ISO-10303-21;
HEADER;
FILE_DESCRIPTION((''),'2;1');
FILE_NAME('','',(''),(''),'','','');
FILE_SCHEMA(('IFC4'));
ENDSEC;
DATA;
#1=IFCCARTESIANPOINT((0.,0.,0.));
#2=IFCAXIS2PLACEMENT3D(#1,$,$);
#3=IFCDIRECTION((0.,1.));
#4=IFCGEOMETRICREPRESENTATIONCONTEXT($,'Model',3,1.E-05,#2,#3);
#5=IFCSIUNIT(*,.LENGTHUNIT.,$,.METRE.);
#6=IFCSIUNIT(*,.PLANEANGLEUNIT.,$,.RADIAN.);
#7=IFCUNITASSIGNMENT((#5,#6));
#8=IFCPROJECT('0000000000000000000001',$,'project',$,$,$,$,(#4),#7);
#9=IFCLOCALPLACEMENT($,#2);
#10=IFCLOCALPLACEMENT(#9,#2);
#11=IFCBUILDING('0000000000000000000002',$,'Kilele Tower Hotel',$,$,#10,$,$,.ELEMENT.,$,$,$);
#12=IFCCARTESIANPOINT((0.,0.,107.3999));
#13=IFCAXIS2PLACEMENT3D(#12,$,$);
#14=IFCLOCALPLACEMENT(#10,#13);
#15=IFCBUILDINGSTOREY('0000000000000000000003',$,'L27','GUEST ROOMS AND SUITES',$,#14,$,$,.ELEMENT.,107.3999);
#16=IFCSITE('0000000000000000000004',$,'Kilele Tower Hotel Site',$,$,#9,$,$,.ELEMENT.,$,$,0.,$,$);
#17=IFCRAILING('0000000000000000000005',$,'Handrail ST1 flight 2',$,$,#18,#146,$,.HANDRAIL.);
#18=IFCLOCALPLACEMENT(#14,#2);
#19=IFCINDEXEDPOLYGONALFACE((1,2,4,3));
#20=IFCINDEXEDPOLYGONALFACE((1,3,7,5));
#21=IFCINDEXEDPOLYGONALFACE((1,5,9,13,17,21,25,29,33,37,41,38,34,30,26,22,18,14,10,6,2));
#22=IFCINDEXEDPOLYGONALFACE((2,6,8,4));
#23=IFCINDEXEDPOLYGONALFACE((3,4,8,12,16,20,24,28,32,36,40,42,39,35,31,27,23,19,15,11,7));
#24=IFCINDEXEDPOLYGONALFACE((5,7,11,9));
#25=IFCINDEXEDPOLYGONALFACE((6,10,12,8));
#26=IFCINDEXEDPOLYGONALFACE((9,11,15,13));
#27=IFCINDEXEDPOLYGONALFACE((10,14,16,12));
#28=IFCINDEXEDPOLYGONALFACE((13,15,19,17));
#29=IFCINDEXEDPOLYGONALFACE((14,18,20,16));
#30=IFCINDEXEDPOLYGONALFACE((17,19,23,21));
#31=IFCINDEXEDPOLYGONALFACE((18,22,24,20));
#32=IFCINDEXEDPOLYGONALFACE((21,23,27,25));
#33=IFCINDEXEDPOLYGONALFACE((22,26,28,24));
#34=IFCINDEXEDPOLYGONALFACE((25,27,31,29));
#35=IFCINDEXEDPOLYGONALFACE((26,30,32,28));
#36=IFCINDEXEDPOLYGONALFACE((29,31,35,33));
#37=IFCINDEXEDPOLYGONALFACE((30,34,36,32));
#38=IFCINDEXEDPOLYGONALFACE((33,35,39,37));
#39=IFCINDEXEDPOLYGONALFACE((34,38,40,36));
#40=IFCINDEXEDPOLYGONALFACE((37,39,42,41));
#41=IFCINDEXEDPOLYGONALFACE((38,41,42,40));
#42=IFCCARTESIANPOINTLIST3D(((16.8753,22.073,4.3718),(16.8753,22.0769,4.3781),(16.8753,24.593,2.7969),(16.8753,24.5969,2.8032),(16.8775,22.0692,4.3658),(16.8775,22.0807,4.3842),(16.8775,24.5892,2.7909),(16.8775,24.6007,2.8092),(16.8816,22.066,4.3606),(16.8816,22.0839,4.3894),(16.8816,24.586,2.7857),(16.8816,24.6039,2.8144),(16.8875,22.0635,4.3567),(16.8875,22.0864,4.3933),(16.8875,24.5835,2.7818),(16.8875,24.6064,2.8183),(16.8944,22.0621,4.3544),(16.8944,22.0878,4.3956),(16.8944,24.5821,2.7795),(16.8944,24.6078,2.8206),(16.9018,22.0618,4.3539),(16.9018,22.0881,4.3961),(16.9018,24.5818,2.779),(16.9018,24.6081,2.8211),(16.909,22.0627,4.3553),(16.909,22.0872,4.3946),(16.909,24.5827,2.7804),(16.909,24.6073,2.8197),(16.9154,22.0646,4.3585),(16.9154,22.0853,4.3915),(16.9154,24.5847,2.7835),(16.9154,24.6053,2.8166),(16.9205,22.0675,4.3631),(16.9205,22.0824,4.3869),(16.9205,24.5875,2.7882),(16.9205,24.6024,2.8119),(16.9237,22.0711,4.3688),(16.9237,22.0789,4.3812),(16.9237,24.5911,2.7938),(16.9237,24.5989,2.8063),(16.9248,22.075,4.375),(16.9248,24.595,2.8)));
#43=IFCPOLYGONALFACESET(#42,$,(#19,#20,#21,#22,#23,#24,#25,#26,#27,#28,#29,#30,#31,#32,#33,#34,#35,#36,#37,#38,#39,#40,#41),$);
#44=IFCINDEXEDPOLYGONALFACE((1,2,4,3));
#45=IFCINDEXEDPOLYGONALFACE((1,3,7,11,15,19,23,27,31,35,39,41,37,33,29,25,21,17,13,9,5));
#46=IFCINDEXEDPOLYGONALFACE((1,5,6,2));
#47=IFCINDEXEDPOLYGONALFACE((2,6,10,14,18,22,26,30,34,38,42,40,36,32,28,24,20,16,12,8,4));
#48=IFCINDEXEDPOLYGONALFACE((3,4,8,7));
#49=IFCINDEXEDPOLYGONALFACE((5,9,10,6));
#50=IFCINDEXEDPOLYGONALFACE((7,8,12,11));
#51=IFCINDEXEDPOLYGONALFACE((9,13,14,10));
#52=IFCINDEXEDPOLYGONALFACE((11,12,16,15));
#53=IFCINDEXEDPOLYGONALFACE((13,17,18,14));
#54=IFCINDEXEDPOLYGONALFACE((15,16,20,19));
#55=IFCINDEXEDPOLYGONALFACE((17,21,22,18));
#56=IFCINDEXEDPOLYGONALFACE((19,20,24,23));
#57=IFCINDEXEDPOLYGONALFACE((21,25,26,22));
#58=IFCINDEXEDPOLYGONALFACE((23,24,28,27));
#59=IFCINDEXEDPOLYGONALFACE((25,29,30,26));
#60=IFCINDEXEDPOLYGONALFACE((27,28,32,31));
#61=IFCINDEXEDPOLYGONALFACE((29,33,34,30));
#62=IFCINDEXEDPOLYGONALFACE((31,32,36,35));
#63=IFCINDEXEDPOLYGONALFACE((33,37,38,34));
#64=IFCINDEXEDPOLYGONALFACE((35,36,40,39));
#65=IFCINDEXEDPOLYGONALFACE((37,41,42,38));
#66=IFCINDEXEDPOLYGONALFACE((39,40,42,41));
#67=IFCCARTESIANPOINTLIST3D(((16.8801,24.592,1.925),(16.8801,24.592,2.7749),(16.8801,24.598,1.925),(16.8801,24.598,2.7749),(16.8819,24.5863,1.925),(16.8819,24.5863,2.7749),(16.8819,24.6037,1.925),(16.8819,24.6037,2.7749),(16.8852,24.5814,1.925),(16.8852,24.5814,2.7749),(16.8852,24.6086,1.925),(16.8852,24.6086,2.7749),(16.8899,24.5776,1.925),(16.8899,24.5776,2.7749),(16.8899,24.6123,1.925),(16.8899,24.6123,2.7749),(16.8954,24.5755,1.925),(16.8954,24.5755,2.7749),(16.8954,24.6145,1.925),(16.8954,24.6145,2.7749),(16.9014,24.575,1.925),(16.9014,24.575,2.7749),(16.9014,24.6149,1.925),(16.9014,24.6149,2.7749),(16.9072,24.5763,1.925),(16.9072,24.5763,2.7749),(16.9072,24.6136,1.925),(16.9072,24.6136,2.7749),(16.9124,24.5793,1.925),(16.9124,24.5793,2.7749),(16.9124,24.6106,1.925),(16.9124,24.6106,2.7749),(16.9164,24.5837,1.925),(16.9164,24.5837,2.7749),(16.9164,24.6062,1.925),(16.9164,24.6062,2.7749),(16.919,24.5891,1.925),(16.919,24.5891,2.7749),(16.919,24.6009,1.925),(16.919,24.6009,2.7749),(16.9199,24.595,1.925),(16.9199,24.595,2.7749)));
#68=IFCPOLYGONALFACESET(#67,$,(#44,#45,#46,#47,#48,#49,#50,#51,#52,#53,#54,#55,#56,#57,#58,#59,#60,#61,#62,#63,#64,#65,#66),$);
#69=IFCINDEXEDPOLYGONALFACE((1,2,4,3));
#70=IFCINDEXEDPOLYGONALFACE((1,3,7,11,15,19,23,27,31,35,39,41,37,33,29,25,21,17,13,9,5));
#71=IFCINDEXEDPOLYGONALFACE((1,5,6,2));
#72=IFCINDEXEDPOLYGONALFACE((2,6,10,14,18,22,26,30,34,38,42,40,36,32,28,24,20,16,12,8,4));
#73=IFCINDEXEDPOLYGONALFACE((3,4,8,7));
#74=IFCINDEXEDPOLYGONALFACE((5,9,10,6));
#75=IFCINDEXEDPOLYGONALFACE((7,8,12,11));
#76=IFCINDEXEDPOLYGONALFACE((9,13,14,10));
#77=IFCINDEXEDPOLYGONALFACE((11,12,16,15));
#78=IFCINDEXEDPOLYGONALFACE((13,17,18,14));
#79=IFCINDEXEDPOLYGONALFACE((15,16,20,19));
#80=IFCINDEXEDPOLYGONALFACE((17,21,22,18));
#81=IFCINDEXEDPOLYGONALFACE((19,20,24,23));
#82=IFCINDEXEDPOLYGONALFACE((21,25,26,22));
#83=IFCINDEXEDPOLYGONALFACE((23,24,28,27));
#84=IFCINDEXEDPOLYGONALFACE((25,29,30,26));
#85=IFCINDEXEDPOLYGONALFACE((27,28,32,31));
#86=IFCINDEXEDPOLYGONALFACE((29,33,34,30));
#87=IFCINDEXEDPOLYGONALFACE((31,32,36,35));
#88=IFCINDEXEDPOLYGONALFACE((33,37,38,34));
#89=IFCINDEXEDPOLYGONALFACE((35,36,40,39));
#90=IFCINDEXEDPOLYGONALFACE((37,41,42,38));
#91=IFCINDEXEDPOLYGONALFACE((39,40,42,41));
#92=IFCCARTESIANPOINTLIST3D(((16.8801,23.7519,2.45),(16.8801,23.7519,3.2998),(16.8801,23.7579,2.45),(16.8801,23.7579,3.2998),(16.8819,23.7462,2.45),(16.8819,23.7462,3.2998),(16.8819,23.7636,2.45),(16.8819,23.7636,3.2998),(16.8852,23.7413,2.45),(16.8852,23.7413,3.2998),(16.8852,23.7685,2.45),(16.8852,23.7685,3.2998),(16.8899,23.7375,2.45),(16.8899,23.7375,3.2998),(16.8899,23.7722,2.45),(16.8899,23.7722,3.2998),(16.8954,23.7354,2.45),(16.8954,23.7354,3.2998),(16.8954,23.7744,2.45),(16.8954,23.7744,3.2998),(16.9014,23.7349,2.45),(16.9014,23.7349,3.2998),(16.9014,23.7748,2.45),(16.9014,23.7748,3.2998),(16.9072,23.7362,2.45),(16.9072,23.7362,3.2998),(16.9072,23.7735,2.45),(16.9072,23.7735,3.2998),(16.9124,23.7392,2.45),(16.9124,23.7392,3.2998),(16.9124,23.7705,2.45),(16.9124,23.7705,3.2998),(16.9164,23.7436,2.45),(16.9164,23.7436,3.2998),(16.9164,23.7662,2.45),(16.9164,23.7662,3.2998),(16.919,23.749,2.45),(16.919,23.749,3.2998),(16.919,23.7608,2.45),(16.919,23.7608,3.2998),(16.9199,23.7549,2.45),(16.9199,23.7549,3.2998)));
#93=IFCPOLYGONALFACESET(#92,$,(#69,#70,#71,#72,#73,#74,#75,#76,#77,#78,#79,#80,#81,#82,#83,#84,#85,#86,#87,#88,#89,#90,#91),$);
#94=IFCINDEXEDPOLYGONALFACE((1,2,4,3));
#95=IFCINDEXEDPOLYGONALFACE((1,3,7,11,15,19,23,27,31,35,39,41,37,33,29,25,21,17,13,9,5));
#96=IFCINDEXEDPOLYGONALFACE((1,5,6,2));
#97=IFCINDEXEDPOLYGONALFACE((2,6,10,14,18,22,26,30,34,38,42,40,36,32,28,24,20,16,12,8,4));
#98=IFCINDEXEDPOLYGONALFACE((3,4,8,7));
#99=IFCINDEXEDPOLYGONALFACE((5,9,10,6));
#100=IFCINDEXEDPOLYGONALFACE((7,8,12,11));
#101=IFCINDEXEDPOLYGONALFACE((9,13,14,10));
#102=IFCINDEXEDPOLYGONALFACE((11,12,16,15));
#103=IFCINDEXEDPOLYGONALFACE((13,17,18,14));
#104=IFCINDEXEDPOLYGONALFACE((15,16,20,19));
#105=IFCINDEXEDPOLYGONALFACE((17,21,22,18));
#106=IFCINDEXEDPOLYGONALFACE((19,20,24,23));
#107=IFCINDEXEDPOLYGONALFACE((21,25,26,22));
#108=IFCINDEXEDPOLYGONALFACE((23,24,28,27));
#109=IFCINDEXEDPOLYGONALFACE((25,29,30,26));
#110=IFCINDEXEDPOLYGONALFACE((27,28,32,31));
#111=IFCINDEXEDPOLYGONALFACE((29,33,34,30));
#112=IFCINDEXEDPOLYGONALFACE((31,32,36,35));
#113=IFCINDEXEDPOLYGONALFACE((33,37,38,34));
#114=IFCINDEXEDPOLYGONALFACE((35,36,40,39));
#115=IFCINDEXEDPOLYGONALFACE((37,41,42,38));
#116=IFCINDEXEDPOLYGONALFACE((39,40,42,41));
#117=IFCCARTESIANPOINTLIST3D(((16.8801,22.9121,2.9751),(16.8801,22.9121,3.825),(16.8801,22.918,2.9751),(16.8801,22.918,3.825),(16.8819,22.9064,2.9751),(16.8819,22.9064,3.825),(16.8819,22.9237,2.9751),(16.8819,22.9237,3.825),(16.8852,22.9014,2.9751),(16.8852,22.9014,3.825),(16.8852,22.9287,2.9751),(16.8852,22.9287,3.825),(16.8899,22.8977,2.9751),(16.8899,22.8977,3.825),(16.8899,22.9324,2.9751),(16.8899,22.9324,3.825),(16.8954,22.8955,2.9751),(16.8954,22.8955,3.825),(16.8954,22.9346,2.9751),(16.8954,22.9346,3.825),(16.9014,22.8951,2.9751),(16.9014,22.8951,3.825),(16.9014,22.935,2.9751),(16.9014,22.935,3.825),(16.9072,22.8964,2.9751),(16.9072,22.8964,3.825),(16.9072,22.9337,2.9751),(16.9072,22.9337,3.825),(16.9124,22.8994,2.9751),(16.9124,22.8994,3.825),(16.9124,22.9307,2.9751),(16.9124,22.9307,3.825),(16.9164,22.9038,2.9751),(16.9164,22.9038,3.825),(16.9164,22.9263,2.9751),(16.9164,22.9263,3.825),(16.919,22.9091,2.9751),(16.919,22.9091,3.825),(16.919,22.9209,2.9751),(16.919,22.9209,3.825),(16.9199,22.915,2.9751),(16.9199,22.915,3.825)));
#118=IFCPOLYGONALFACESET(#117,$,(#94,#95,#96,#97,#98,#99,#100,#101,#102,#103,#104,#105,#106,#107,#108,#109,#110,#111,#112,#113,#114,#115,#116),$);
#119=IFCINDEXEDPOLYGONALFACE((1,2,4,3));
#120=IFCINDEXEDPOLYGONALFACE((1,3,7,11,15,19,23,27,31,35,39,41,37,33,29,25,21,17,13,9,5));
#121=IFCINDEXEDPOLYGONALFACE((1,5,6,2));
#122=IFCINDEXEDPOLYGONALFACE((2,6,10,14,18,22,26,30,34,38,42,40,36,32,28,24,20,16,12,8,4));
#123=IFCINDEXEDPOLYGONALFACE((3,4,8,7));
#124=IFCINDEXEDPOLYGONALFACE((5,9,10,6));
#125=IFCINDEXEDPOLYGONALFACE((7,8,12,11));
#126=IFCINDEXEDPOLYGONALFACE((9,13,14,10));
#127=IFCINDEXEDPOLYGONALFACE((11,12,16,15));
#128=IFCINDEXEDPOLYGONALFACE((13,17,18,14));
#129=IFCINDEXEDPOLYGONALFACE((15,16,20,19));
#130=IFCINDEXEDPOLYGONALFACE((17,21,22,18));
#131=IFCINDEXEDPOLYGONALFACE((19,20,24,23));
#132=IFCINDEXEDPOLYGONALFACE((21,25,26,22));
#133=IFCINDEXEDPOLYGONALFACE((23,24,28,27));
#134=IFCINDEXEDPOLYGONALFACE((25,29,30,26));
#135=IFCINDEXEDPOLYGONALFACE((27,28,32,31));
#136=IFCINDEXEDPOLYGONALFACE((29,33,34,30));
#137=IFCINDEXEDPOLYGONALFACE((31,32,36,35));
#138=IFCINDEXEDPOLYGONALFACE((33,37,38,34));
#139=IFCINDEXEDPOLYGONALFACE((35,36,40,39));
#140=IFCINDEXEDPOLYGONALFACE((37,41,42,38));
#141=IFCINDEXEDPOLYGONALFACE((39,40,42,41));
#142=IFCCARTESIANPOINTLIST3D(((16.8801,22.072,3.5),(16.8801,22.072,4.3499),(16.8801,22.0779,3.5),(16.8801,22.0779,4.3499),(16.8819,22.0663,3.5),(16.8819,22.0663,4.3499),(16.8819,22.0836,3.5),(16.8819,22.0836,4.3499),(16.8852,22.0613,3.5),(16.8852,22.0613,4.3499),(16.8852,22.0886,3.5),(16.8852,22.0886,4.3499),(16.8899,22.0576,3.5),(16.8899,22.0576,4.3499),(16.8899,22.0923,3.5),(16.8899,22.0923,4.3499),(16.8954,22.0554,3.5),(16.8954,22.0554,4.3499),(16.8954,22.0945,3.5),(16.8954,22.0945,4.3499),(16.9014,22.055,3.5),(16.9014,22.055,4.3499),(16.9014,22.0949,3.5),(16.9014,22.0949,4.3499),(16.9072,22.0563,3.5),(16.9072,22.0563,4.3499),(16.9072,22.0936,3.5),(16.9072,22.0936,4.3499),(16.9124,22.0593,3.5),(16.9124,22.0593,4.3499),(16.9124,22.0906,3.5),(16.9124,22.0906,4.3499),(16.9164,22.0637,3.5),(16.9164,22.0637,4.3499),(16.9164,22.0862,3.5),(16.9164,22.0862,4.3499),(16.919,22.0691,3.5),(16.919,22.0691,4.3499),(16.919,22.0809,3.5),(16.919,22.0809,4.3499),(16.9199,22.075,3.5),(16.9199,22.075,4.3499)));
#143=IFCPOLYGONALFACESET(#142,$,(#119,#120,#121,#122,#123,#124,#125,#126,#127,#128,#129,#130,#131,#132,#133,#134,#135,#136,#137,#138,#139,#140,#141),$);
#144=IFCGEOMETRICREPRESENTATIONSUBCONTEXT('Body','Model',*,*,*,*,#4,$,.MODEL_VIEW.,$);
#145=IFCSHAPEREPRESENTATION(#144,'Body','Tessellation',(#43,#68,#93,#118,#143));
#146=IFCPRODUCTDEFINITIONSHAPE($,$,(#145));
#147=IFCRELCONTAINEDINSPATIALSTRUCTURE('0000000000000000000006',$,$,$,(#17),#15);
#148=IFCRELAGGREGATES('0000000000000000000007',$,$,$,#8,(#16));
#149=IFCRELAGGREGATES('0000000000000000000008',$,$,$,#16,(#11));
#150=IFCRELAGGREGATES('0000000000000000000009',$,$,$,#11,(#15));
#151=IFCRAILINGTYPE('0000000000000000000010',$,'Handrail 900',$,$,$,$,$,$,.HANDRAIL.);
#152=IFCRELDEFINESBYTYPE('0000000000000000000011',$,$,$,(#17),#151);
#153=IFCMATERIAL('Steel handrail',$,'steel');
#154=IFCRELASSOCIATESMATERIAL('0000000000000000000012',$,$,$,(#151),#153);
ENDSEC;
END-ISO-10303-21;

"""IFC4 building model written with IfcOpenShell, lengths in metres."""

from ifc_helpers import new_model, si_unit, direction, frame, origin, origin_2d, place, context, subcontext, project, spatial, circle, extrude, material, type_object, element, save


model = new_model("IFC4")

# Units and contexts
model_context = context("Model", 3, precision=1e-05, world=origin(), true_north=direction((0.0, 1.0)))
body_context = subcontext(model_context, "Body", "Model", "MODEL_VIEW")
ifc_project = project(units=[si_unit("LENGTHUNIT", "METRE"), si_unit("PLANEANGLEUNIT", "RADIAN")], contexts=[model_context])

# Site, building, storey
site_placement = place(None, origin())
site = spatial("IfcSite", under=ifc_project, at=site_placement, Name="Kilele Tower Hotel Site", CompositionType="ELEMENT", RefElevation=0.0)
building_placement = place(site_placement, origin())
building = spatial("IfcBuilding", under=site, at=building_placement, Name="Kilele Tower Hotel", CompositionType="ELEMENT")
storey_placement = place(building_placement, frame((0.0, 0.0, 107.3999)))
storey = spatial("IfcBuildingStorey", under=building, at=storey_placement, Name="L27", Description="GUEST ROOMS AND SUITES", CompositionType="ELEMENT", Elevation=107.3999)

# Railing
ifc_material_1 = material(Name="Steel handrail", Category="steel")
railing_type_1 = type_object("IfcRailingType", Name="Handrail 900", PredefinedType="HANDRAIL", material=ifc_material_1)
for number, where, name in (
    (1, (16.8999, 24.595, 1.925), "Handrail ST1 flight 2"),
):
    element("IfcRailing", number, at=place(storey_placement, frame(where)), inside=storey, type_object=railing_type_1, Name=name, PredefinedType="HANDRAIL", context=body_context, shape_type="SweptSolid", body=[
        extrude(circle(Radius=0.0249, at=origin_2d()), frame((0.0, 0.0, 0.875), z_axis=(0.0, -0.848008, 0.529984), x_axis=(1.0, 0.0, 0.0)), (0.0, 0.0, 1.0), 2.9717),
        extrude(circle(Radius=0.02, at=origin_2d()), origin(), (0.0, 0.0, 1.0), 0.8499),
        extrude(circle(Radius=0.02, at=origin_2d()), frame((0.0, -0.8401, 0.5249)), (0.0, 0.0, 1.0), 0.8499),
        extrude(circle(Radius=0.02, at=origin_2d()), frame((0.0, -1.6799, 1.05)), (0.0, 0.0, 1.0), 0.8499),
        extrude(circle(Radius=0.02, at=origin_2d()), frame((0.0, -2.52, 1.575)), (0.0, 0.0, 1.0), 0.8499),
    ])

save(model, "model.ifc")
